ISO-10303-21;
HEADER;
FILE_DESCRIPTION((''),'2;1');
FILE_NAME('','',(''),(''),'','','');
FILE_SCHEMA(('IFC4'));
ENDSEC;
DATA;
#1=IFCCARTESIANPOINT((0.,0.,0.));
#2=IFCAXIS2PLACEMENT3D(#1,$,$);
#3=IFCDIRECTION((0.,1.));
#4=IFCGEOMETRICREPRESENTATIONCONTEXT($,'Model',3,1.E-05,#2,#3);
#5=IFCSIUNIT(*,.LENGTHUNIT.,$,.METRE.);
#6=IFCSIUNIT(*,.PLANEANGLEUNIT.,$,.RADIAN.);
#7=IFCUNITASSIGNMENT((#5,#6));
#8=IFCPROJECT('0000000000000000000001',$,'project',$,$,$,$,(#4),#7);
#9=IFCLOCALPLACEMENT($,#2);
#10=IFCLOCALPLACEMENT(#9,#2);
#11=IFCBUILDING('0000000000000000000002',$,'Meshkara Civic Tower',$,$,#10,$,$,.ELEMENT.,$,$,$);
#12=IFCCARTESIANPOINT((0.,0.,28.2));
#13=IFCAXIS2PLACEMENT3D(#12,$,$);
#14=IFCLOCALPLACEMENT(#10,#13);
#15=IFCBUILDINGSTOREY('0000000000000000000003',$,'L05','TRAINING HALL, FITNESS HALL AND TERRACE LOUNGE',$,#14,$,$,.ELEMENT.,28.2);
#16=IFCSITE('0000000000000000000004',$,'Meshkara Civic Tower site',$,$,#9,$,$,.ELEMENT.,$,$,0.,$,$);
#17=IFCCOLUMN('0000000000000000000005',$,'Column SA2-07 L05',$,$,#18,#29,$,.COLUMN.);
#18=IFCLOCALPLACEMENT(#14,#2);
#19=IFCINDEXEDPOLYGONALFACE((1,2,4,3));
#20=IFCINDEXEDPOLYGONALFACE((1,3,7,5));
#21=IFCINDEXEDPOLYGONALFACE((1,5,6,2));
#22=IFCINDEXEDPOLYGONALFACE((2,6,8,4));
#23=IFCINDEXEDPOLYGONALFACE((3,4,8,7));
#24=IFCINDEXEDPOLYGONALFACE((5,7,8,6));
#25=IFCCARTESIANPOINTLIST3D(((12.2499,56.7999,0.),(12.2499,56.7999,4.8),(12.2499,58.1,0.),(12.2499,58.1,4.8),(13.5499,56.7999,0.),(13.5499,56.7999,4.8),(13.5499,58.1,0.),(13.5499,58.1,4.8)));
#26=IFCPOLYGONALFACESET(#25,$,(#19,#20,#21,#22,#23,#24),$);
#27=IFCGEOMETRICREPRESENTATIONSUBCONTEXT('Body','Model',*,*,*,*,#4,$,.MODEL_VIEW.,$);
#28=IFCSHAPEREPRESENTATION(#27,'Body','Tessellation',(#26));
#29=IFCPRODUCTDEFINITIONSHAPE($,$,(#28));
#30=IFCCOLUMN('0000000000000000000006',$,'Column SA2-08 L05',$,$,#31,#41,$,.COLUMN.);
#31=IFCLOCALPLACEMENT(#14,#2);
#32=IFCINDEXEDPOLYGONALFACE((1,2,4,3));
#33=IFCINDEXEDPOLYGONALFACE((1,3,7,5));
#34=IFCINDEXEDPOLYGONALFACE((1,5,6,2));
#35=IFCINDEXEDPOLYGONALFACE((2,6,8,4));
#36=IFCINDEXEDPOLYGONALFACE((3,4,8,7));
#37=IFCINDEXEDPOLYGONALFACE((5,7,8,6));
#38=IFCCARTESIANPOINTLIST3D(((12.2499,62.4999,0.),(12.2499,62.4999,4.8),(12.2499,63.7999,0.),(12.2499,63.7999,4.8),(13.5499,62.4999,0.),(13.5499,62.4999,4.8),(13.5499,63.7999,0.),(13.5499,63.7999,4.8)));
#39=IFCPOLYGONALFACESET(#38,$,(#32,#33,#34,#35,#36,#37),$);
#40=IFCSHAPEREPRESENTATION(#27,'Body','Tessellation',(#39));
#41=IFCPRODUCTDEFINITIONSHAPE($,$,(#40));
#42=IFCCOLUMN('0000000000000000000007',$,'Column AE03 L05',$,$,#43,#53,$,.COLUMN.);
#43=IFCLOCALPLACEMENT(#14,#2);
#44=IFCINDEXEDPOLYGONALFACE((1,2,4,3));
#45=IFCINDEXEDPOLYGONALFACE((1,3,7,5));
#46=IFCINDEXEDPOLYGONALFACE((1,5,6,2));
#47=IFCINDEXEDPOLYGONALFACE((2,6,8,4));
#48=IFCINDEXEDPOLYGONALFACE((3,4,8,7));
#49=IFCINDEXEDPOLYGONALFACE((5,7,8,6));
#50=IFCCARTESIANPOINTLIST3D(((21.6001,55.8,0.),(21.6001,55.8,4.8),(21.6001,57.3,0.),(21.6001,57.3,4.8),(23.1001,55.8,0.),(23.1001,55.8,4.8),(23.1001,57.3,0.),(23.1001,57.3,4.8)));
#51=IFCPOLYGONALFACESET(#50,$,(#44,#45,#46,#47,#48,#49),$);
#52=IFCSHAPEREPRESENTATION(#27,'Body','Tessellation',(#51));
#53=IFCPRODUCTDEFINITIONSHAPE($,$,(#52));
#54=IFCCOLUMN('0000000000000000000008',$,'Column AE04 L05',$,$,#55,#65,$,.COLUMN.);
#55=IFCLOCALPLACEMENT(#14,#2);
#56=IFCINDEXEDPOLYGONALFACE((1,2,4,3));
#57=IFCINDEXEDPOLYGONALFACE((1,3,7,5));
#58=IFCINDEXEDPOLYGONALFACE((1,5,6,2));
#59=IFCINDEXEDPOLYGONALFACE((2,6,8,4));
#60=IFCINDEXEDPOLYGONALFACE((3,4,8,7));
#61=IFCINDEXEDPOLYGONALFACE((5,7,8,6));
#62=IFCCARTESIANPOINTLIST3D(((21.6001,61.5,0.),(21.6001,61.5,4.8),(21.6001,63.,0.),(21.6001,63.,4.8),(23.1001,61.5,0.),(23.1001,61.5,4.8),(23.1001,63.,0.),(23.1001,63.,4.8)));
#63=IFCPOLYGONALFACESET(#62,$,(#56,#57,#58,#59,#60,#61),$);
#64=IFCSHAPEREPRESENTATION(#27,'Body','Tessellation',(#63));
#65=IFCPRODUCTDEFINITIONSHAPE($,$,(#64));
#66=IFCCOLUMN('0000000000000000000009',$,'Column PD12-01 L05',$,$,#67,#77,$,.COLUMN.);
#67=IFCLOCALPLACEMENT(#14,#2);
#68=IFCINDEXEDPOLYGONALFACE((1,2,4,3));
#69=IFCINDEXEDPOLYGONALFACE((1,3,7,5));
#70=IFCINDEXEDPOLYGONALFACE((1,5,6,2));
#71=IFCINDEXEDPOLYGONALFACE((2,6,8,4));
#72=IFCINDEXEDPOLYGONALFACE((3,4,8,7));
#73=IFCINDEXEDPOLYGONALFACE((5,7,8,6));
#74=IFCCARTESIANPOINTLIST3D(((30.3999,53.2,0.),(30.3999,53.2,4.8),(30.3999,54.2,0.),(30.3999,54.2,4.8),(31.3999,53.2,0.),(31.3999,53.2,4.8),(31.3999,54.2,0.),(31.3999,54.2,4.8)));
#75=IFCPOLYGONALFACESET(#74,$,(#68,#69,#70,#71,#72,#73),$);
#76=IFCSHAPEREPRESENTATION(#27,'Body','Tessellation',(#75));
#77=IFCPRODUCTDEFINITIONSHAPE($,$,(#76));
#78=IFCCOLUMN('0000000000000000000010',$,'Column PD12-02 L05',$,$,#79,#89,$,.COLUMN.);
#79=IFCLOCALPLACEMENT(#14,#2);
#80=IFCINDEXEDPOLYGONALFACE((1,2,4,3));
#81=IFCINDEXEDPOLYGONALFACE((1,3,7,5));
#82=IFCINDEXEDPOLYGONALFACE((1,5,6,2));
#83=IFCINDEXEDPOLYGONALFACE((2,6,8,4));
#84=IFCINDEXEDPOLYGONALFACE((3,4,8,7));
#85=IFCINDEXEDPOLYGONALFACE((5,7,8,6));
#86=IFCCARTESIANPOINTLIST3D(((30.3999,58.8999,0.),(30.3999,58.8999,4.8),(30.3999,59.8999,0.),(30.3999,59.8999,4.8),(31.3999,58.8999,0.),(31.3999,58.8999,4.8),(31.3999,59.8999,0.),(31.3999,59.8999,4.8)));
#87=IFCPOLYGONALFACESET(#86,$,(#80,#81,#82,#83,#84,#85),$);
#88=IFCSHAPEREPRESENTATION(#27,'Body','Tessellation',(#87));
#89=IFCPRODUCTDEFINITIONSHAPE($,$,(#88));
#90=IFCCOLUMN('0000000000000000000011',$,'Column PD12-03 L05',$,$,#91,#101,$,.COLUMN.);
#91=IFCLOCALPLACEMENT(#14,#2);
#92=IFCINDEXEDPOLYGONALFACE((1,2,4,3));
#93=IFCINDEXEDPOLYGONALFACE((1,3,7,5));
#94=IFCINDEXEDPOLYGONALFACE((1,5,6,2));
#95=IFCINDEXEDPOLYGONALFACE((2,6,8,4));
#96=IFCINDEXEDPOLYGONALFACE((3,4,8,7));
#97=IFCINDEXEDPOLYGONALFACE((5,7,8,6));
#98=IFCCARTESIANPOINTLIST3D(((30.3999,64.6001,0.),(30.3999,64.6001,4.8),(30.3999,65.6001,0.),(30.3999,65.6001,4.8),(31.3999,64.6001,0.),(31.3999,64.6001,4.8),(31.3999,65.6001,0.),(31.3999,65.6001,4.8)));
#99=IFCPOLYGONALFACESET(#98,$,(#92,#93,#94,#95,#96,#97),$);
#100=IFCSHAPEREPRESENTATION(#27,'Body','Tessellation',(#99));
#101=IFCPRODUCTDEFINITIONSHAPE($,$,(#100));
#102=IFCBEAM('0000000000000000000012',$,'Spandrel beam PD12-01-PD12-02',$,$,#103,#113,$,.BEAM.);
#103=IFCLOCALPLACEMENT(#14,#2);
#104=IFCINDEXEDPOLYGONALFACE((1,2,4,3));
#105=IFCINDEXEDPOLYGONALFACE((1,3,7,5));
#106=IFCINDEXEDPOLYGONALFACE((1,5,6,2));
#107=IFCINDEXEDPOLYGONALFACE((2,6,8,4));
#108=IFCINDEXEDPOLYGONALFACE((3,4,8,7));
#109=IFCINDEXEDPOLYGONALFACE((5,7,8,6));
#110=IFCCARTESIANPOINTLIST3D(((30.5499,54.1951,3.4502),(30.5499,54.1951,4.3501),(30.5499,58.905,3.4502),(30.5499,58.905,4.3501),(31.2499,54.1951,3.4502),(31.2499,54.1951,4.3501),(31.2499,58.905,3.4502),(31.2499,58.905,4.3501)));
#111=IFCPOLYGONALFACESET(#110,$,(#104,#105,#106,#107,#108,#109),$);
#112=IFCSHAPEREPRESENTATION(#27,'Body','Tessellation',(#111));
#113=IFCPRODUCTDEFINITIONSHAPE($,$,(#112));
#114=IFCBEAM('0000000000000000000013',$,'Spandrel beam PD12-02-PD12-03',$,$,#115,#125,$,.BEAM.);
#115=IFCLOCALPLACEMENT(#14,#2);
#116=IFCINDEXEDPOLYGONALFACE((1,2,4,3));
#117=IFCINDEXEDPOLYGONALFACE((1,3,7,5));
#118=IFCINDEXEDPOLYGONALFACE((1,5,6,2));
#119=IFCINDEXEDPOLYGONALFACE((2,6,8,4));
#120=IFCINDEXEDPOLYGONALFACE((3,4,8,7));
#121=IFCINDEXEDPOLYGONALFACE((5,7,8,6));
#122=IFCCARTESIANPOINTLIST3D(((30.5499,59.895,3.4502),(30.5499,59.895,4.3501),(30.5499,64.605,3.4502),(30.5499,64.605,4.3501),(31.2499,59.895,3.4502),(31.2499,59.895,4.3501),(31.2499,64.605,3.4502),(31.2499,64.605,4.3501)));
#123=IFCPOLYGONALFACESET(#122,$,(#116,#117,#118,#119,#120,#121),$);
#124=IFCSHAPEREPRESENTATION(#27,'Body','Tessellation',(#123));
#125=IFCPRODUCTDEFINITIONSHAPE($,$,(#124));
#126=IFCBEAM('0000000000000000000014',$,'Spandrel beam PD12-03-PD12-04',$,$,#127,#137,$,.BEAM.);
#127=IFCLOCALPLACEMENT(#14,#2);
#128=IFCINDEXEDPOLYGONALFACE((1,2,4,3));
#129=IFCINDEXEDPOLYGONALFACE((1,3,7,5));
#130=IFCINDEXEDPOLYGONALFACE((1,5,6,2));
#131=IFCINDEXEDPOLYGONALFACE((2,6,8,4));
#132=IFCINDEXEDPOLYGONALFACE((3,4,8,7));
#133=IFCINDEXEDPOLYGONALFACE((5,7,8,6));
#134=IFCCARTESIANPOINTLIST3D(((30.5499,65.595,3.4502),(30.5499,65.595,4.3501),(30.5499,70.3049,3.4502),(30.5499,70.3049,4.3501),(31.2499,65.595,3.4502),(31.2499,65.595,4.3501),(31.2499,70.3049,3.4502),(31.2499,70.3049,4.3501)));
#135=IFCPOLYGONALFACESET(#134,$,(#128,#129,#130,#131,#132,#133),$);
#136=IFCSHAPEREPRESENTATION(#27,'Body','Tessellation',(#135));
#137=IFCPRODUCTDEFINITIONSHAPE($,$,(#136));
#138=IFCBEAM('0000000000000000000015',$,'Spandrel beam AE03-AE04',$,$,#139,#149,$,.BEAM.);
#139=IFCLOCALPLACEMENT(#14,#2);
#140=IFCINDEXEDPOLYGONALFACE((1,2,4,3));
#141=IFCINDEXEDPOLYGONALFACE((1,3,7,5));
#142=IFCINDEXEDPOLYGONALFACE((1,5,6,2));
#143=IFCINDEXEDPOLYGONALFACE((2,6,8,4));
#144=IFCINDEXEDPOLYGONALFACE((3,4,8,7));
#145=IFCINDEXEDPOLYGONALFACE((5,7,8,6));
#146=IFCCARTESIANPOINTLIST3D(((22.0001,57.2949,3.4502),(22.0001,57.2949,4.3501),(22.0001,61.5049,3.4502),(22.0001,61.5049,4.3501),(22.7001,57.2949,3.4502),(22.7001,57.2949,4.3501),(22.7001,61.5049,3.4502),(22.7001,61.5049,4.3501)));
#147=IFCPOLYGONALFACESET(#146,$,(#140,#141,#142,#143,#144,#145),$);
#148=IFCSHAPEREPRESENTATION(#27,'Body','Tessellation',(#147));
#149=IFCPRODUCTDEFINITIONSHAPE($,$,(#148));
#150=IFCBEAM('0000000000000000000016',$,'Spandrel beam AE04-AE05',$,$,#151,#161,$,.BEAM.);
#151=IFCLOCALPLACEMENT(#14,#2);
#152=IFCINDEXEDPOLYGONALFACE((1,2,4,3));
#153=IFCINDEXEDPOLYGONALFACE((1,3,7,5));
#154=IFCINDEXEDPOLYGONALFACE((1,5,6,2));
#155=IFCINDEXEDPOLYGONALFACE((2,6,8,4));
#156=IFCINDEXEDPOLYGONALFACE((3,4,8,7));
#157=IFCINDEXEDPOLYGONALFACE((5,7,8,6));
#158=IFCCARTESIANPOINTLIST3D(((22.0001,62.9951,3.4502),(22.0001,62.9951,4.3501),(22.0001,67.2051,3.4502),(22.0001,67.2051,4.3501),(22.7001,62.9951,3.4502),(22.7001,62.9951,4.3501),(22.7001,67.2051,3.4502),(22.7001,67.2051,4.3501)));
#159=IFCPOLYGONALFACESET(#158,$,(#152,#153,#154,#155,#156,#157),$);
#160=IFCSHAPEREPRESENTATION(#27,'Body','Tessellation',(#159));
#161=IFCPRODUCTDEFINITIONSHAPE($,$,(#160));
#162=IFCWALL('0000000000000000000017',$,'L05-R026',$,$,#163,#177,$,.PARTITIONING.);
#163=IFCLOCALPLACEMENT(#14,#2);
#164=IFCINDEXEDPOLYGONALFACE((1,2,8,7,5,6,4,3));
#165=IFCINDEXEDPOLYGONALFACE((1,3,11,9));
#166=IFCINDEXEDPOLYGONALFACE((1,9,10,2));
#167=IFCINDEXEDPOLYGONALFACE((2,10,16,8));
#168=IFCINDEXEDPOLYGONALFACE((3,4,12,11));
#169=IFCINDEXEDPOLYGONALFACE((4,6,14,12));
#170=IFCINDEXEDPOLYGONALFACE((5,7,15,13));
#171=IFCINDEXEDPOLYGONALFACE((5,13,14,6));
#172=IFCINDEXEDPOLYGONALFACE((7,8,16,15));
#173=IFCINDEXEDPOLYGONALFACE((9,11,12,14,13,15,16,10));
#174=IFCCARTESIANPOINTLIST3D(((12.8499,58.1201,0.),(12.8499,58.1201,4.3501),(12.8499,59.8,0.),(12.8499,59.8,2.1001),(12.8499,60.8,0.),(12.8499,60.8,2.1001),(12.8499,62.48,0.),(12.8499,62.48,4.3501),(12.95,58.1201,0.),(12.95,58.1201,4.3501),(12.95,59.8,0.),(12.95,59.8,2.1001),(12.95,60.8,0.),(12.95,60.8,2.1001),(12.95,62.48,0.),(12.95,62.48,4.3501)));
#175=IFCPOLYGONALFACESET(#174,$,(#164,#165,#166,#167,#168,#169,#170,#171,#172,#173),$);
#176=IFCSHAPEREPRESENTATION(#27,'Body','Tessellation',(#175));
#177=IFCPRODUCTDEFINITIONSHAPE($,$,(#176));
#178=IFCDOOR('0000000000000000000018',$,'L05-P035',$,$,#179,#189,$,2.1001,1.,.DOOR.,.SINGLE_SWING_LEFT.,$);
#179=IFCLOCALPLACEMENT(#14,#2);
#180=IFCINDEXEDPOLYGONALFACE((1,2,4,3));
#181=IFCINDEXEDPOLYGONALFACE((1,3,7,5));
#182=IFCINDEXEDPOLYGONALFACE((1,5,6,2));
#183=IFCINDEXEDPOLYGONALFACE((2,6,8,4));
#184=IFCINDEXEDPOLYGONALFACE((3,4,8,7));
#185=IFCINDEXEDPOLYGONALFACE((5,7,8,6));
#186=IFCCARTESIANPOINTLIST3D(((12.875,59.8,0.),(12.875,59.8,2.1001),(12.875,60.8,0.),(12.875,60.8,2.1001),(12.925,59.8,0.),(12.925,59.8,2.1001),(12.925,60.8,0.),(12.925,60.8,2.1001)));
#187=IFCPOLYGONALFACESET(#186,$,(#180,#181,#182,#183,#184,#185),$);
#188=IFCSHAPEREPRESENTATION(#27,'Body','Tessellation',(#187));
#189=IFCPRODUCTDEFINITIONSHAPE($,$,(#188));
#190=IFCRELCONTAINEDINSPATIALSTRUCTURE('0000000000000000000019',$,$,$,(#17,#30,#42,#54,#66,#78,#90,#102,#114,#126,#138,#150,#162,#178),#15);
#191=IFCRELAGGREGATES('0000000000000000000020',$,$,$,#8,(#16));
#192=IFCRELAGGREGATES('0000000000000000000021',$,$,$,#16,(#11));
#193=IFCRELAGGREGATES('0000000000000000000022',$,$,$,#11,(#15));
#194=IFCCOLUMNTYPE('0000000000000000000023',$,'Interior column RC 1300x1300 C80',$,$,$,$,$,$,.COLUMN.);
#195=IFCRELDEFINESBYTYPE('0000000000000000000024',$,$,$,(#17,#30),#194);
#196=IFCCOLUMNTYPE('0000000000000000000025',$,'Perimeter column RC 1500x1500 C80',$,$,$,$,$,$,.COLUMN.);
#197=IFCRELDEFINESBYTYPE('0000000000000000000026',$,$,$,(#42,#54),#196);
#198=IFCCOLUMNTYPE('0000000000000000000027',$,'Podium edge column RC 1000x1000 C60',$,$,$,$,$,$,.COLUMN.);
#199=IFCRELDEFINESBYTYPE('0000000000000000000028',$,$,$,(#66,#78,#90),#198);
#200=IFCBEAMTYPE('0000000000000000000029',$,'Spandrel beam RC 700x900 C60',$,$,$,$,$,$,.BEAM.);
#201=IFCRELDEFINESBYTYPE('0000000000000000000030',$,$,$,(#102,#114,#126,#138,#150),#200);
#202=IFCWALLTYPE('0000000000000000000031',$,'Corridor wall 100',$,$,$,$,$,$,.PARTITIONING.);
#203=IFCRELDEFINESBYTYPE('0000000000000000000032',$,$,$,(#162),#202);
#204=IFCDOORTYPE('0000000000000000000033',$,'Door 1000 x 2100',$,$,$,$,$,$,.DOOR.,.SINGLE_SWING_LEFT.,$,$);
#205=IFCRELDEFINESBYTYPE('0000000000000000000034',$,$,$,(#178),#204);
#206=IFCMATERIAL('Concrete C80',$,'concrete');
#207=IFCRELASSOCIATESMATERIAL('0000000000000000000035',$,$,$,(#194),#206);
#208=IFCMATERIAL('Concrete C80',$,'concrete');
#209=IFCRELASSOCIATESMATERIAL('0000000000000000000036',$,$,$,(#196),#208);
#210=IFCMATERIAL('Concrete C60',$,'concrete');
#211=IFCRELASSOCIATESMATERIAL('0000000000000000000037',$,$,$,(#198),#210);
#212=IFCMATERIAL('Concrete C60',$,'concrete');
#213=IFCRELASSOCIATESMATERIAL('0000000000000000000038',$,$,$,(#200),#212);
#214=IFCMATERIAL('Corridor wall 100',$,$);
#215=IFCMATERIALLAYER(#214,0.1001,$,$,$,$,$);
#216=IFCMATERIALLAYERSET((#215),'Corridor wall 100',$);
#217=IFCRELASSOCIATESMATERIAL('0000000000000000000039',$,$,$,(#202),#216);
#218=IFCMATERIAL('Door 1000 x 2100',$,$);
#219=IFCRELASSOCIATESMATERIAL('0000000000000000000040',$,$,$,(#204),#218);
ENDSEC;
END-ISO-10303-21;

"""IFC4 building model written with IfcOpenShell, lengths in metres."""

from ifc_helpers import new_model, si_unit, direction, frame, frame_2d, origin, origin_2d, place, context, subcontext, project, spatial, rectangle, extrude, material, layer, layer_set, material_profile, profile_set, type_object, element, fill, save


model = new_model("IFC4")

# Units and contexts
model_context = context("Model", 3, precision=1e-05, world=origin(), true_north=direction((0.0, 1.0)))
body_context = subcontext(model_context, "Body", "Model", "MODEL_VIEW")
ifc_project = project(units=[si_unit("LENGTHUNIT", "METRE"), si_unit("PLANEANGLEUNIT", "RADIAN")], contexts=[model_context])

# Site, building, storey
site_placement = place(None, origin())
site = spatial("IfcSite", under=ifc_project, at=site_placement, Name="Meshkara Civic Tower site", CompositionType="ELEMENT", RefElevation=0.0)
building_placement = place(site_placement, origin())
building = spatial("IfcBuilding", under=site, at=building_placement, Name="Meshkara Civic Tower", CompositionType="ELEMENT")
storey_placement = place(building_placement, frame((0.0, 0.0, 28.2)))
storey = spatial("IfcBuildingStorey", under=building, at=storey_placement, Name="L05", Description="TRAINING HALL, FITNESS HALL AND TERRACE LOUNGE", CompositionType="ELEMENT", Elevation=28.2)

# Columns
ifc_material_1 = material(Name="Concrete C80", Category="concrete")
ifc_material_profile_1 = material_profile(ifc_material_1, rectangle(XDim=1.3, YDim=1.3, at=origin_2d()))
ifc_profile_set_1 = profile_set([ifc_material_profile_1], Name="Concrete C80")
column_type_1 = type_object("IfcColumnType", Name="Interior column RC 1300x1300 C80", PredefinedType="COLUMN", material=ifc_profile_set_1)
for number, where, z_axis, x_axis, name in (
    (1, (12.8999, 57.45, 0.0), (0.0, 0.0, 1.0), (1.0, 0.0, 0.0), "Column SA2-07 L05"),
    (2, (12.8999, 63.1499, 0.0), (0.0, 0.0, 1.0), (1.0, 0.0, 0.0), "Column SA2-08 L05"),
):
    element("IfcColumn", number, at=place(storey_placement, frame(where, z_axis=z_axis, x_axis=x_axis)), inside=storey, type_object=column_type_1, Name=name, PredefinedType="COLUMN", context=body_context, shape_type="SweptSolid", body=[
        extrude(rectangle(XDim=1.3, YDim=1.3, at=origin_2d()), origin(), (0.0, 0.0, 1.0), 4.8),
    ])
ifc_material_2 = material(Name="Concrete C80", Category="concrete")
ifc_material_profile_2 = material_profile(ifc_material_2, rectangle(XDim=1.5, YDim=1.5, at=origin_2d()))
ifc_profile_set_2 = profile_set([ifc_material_profile_2], Name="Concrete C80")
column_type_2 = type_object("IfcColumnType", Name="Perimeter column RC 1500x1500 C80", PredefinedType="COLUMN", material=ifc_profile_set_2)
for number, where, z_axis, x_axis, name in (
    (3, (22.3501, 56.55, 0.0), (0.0, 0.0, 1.0), (1.0, 0.0, 0.0), "Column AE03 L05"),
    (4, (22.3501, 62.25, 0.0), (0.0, 0.0, 1.0), (1.0, 0.0, 0.0), "Column AE04 L05"),
):
    element("IfcColumn", number, at=place(storey_placement, frame(where, z_axis=z_axis, x_axis=x_axis)), inside=storey, type_object=column_type_2, Name=name, PredefinedType="COLUMN", context=body_context, shape_type="SweptSolid", body=[
        extrude(rectangle(XDim=1.5, YDim=1.5, at=origin_2d()), origin(), (0.0, 0.0, 1.0), 4.8),
    ])
ifc_material_3 = material(Name="Concrete C60", Category="concrete")
ifc_material_profile_3 = material_profile(ifc_material_3, rectangle(XDim=1.0, YDim=1.0, at=origin_2d()))
ifc_profile_set_3 = profile_set([ifc_material_profile_3], Name="Concrete C60")
column_type_3 = type_object("IfcColumnType", Name="Podium edge column RC 1000x1000 C60", PredefinedType="COLUMN", material=ifc_profile_set_3)
for number, where, z_axis, x_axis, name in (
    (5, (30.8999, 53.7, 0.0), (0.0, 0.0, 1.0), (1.0, 0.0, 0.0), "Column PD12-01 L05"),
    (6, (30.8999, 59.3999, 0.0), (0.0, 0.0, 1.0), (1.0, 0.0, 0.0), "Column PD12-02 L05"),
    (7, (30.8999, 65.1001, 0.0), (0.0, 0.0, 1.0), (1.0, 0.0, 0.0), "Column PD12-03 L05"),
):
    element("IfcColumn", number, at=place(storey_placement, frame(where, z_axis=z_axis, x_axis=x_axis)), inside=storey, type_object=column_type_3, Name=name, PredefinedType="COLUMN", context=body_context, shape_type="SweptSolid", body=[
        extrude(rectangle(XDim=1.0, YDim=1.0, at=origin_2d()), origin(), (0.0, 0.0, 1.0), 4.8),
    ])

# Beams
ifc_material_4 = material(Name="Concrete C60", Category="concrete")
ifc_material_profile_4 = material_profile(ifc_material_4, rectangle(XDim=0.7, YDim=0.8999, at=origin_2d()))
ifc_profile_set_4 = profile_set([ifc_material_profile_4], Name="Concrete C60")
beam_type = type_object("IfcBeamType", Name="Spandrel beam RC 700x900 C60", PredefinedType="BEAM", material=ifc_profile_set_4)
for number, where, z_axis, x_axis, name in (
    (8, (30.8999, 54.1951, 3.9001), (0.0, 1.0, 0.0), (-1.0, 0.0, 0.0), "Spandrel beam PD12-01-PD12-02"),
    (9, (30.8999, 59.895, 3.9001), (0.0, 1.0, 0.0), (-1.0, 0.0, 0.0), "Spandrel beam PD12-02-PD12-03"),
    (10, (30.8999, 65.595, 3.9001), (0.0, 1.0, 0.0), (-1.0, 0.0, 0.0), "Spandrel beam PD12-03-PD12-04"),
):
    element("IfcBeam", number, at=place(storey_placement, frame(where, z_axis=z_axis, x_axis=x_axis)), inside=storey, type_object=beam_type, Name=name, PredefinedType="BEAM", context=body_context, shape_type="SweptSolid", body=[
        extrude(rectangle(XDim=0.7, YDim=0.8999, at=origin_2d()), origin(), (0.0, 0.0, 1.0), 4.71),
    ])
for number, where, z_axis, x_axis, name in (
    (11, (22.3501, 57.2949, 3.9001), (0.0, 1.0, 0.0), (-1.0, 0.0, 0.0), "Spandrel beam AE03-AE04"),
    (12, (22.3501, 62.9951, 3.9001), (0.0, 1.0, 0.0), (-1.0, 0.0, 0.0), "Spandrel beam AE04-AE05"),
):
    element("IfcBeam", number, at=place(storey_placement, frame(where, z_axis=z_axis, x_axis=x_axis)), inside=storey, type_object=beam_type, Name=name, PredefinedType="BEAM", context=body_context, shape_type="SweptSolid", body=[
        extrude(rectangle(XDim=0.7, YDim=0.8999, at=origin_2d()), origin(), (0.0, 0.0, 1.0), 4.21),
    ])

# Wall, opening, door
ifc_material_5 = material(Name="Corridor wall 100")
ifc_layer_1 = layer(ifc_material_5, 0.1001)
ifc_layer_set_1 = layer_set([ifc_layer_1], Name="Corridor wall 100")
wall_type_1 = type_object("IfcWallType", Name="Corridor wall 100", PredefinedType="PARTITIONING", material=ifc_layer_set_1)
wall_1_placement = place(storey_placement, frame((12.8999, 58.1201, 0.0), z_axis=(0.0, 0.0, 1.0), x_axis=(0.0, 1.0, 0.0)))
wall_1 = element("IfcWall", 13, at=wall_1_placement, inside=storey, type_object=wall_type_1, Name="L05-R026", PredefinedType="PARTITIONING", context=body_context, shape_type="SweptSolid", body=[
    extrude(rectangle(XDim=4.3599, YDim=0.1001, at=frame_2d((2.1799, 0.0))), origin(), (0.0, 0.0, 1.0), 4.3501),
])
opening_1_placement = place(wall_1_placement, frame((1.6799, 0.0, 0.0)))
opening_1 = element("IfcOpeningElement", 14, at=opening_1_placement, cuts=wall_1, PredefinedType="OPENING", context=body_context, shape_type="SweptSolid", body=[
    extrude(rectangle(XDim=1.0, YDim=2.1001, at=frame_2d((0.5, 1.05))), frame((0.0, 0.0601, 0.0), z_axis=(0.0, -1.0, 0.0), x_axis=(1.0, 0.0, 0.0)), (0.0, 0.0, 1.0), 0.1201),
])
ifc_material_6 = material(Name="Door 1000 x 2100")
door_type = type_object("IfcDoorType", Name="Door 1000 x 2100", OperationType="SINGLE_SWING_LEFT", PredefinedType="DOOR", material=ifc_material_6)
door_placement = place(opening_1_placement, origin())
door = element("IfcDoor", 15, at=door_placement, inside=storey, type_object=door_type, Name="L05-P035", OperationType="SINGLE_SWING_LEFT", OverallHeight=2.1001, OverallWidth=1.0, PredefinedType="DOOR", context=body_context, shape_type="SweptSolid", body=[
    extrude(rectangle(XDim=1.0, YDim=2.1001, at=frame_2d((0.5, 1.05))), frame((0.0, 0.0249, 0.0), z_axis=(0.0, -1.0, 0.0), x_axis=(1.0, 0.0, 0.0)), (0.0, 0.0, 1.0), 0.05),
])
fill(opening_1, door)

save(model, "model.ifc")
